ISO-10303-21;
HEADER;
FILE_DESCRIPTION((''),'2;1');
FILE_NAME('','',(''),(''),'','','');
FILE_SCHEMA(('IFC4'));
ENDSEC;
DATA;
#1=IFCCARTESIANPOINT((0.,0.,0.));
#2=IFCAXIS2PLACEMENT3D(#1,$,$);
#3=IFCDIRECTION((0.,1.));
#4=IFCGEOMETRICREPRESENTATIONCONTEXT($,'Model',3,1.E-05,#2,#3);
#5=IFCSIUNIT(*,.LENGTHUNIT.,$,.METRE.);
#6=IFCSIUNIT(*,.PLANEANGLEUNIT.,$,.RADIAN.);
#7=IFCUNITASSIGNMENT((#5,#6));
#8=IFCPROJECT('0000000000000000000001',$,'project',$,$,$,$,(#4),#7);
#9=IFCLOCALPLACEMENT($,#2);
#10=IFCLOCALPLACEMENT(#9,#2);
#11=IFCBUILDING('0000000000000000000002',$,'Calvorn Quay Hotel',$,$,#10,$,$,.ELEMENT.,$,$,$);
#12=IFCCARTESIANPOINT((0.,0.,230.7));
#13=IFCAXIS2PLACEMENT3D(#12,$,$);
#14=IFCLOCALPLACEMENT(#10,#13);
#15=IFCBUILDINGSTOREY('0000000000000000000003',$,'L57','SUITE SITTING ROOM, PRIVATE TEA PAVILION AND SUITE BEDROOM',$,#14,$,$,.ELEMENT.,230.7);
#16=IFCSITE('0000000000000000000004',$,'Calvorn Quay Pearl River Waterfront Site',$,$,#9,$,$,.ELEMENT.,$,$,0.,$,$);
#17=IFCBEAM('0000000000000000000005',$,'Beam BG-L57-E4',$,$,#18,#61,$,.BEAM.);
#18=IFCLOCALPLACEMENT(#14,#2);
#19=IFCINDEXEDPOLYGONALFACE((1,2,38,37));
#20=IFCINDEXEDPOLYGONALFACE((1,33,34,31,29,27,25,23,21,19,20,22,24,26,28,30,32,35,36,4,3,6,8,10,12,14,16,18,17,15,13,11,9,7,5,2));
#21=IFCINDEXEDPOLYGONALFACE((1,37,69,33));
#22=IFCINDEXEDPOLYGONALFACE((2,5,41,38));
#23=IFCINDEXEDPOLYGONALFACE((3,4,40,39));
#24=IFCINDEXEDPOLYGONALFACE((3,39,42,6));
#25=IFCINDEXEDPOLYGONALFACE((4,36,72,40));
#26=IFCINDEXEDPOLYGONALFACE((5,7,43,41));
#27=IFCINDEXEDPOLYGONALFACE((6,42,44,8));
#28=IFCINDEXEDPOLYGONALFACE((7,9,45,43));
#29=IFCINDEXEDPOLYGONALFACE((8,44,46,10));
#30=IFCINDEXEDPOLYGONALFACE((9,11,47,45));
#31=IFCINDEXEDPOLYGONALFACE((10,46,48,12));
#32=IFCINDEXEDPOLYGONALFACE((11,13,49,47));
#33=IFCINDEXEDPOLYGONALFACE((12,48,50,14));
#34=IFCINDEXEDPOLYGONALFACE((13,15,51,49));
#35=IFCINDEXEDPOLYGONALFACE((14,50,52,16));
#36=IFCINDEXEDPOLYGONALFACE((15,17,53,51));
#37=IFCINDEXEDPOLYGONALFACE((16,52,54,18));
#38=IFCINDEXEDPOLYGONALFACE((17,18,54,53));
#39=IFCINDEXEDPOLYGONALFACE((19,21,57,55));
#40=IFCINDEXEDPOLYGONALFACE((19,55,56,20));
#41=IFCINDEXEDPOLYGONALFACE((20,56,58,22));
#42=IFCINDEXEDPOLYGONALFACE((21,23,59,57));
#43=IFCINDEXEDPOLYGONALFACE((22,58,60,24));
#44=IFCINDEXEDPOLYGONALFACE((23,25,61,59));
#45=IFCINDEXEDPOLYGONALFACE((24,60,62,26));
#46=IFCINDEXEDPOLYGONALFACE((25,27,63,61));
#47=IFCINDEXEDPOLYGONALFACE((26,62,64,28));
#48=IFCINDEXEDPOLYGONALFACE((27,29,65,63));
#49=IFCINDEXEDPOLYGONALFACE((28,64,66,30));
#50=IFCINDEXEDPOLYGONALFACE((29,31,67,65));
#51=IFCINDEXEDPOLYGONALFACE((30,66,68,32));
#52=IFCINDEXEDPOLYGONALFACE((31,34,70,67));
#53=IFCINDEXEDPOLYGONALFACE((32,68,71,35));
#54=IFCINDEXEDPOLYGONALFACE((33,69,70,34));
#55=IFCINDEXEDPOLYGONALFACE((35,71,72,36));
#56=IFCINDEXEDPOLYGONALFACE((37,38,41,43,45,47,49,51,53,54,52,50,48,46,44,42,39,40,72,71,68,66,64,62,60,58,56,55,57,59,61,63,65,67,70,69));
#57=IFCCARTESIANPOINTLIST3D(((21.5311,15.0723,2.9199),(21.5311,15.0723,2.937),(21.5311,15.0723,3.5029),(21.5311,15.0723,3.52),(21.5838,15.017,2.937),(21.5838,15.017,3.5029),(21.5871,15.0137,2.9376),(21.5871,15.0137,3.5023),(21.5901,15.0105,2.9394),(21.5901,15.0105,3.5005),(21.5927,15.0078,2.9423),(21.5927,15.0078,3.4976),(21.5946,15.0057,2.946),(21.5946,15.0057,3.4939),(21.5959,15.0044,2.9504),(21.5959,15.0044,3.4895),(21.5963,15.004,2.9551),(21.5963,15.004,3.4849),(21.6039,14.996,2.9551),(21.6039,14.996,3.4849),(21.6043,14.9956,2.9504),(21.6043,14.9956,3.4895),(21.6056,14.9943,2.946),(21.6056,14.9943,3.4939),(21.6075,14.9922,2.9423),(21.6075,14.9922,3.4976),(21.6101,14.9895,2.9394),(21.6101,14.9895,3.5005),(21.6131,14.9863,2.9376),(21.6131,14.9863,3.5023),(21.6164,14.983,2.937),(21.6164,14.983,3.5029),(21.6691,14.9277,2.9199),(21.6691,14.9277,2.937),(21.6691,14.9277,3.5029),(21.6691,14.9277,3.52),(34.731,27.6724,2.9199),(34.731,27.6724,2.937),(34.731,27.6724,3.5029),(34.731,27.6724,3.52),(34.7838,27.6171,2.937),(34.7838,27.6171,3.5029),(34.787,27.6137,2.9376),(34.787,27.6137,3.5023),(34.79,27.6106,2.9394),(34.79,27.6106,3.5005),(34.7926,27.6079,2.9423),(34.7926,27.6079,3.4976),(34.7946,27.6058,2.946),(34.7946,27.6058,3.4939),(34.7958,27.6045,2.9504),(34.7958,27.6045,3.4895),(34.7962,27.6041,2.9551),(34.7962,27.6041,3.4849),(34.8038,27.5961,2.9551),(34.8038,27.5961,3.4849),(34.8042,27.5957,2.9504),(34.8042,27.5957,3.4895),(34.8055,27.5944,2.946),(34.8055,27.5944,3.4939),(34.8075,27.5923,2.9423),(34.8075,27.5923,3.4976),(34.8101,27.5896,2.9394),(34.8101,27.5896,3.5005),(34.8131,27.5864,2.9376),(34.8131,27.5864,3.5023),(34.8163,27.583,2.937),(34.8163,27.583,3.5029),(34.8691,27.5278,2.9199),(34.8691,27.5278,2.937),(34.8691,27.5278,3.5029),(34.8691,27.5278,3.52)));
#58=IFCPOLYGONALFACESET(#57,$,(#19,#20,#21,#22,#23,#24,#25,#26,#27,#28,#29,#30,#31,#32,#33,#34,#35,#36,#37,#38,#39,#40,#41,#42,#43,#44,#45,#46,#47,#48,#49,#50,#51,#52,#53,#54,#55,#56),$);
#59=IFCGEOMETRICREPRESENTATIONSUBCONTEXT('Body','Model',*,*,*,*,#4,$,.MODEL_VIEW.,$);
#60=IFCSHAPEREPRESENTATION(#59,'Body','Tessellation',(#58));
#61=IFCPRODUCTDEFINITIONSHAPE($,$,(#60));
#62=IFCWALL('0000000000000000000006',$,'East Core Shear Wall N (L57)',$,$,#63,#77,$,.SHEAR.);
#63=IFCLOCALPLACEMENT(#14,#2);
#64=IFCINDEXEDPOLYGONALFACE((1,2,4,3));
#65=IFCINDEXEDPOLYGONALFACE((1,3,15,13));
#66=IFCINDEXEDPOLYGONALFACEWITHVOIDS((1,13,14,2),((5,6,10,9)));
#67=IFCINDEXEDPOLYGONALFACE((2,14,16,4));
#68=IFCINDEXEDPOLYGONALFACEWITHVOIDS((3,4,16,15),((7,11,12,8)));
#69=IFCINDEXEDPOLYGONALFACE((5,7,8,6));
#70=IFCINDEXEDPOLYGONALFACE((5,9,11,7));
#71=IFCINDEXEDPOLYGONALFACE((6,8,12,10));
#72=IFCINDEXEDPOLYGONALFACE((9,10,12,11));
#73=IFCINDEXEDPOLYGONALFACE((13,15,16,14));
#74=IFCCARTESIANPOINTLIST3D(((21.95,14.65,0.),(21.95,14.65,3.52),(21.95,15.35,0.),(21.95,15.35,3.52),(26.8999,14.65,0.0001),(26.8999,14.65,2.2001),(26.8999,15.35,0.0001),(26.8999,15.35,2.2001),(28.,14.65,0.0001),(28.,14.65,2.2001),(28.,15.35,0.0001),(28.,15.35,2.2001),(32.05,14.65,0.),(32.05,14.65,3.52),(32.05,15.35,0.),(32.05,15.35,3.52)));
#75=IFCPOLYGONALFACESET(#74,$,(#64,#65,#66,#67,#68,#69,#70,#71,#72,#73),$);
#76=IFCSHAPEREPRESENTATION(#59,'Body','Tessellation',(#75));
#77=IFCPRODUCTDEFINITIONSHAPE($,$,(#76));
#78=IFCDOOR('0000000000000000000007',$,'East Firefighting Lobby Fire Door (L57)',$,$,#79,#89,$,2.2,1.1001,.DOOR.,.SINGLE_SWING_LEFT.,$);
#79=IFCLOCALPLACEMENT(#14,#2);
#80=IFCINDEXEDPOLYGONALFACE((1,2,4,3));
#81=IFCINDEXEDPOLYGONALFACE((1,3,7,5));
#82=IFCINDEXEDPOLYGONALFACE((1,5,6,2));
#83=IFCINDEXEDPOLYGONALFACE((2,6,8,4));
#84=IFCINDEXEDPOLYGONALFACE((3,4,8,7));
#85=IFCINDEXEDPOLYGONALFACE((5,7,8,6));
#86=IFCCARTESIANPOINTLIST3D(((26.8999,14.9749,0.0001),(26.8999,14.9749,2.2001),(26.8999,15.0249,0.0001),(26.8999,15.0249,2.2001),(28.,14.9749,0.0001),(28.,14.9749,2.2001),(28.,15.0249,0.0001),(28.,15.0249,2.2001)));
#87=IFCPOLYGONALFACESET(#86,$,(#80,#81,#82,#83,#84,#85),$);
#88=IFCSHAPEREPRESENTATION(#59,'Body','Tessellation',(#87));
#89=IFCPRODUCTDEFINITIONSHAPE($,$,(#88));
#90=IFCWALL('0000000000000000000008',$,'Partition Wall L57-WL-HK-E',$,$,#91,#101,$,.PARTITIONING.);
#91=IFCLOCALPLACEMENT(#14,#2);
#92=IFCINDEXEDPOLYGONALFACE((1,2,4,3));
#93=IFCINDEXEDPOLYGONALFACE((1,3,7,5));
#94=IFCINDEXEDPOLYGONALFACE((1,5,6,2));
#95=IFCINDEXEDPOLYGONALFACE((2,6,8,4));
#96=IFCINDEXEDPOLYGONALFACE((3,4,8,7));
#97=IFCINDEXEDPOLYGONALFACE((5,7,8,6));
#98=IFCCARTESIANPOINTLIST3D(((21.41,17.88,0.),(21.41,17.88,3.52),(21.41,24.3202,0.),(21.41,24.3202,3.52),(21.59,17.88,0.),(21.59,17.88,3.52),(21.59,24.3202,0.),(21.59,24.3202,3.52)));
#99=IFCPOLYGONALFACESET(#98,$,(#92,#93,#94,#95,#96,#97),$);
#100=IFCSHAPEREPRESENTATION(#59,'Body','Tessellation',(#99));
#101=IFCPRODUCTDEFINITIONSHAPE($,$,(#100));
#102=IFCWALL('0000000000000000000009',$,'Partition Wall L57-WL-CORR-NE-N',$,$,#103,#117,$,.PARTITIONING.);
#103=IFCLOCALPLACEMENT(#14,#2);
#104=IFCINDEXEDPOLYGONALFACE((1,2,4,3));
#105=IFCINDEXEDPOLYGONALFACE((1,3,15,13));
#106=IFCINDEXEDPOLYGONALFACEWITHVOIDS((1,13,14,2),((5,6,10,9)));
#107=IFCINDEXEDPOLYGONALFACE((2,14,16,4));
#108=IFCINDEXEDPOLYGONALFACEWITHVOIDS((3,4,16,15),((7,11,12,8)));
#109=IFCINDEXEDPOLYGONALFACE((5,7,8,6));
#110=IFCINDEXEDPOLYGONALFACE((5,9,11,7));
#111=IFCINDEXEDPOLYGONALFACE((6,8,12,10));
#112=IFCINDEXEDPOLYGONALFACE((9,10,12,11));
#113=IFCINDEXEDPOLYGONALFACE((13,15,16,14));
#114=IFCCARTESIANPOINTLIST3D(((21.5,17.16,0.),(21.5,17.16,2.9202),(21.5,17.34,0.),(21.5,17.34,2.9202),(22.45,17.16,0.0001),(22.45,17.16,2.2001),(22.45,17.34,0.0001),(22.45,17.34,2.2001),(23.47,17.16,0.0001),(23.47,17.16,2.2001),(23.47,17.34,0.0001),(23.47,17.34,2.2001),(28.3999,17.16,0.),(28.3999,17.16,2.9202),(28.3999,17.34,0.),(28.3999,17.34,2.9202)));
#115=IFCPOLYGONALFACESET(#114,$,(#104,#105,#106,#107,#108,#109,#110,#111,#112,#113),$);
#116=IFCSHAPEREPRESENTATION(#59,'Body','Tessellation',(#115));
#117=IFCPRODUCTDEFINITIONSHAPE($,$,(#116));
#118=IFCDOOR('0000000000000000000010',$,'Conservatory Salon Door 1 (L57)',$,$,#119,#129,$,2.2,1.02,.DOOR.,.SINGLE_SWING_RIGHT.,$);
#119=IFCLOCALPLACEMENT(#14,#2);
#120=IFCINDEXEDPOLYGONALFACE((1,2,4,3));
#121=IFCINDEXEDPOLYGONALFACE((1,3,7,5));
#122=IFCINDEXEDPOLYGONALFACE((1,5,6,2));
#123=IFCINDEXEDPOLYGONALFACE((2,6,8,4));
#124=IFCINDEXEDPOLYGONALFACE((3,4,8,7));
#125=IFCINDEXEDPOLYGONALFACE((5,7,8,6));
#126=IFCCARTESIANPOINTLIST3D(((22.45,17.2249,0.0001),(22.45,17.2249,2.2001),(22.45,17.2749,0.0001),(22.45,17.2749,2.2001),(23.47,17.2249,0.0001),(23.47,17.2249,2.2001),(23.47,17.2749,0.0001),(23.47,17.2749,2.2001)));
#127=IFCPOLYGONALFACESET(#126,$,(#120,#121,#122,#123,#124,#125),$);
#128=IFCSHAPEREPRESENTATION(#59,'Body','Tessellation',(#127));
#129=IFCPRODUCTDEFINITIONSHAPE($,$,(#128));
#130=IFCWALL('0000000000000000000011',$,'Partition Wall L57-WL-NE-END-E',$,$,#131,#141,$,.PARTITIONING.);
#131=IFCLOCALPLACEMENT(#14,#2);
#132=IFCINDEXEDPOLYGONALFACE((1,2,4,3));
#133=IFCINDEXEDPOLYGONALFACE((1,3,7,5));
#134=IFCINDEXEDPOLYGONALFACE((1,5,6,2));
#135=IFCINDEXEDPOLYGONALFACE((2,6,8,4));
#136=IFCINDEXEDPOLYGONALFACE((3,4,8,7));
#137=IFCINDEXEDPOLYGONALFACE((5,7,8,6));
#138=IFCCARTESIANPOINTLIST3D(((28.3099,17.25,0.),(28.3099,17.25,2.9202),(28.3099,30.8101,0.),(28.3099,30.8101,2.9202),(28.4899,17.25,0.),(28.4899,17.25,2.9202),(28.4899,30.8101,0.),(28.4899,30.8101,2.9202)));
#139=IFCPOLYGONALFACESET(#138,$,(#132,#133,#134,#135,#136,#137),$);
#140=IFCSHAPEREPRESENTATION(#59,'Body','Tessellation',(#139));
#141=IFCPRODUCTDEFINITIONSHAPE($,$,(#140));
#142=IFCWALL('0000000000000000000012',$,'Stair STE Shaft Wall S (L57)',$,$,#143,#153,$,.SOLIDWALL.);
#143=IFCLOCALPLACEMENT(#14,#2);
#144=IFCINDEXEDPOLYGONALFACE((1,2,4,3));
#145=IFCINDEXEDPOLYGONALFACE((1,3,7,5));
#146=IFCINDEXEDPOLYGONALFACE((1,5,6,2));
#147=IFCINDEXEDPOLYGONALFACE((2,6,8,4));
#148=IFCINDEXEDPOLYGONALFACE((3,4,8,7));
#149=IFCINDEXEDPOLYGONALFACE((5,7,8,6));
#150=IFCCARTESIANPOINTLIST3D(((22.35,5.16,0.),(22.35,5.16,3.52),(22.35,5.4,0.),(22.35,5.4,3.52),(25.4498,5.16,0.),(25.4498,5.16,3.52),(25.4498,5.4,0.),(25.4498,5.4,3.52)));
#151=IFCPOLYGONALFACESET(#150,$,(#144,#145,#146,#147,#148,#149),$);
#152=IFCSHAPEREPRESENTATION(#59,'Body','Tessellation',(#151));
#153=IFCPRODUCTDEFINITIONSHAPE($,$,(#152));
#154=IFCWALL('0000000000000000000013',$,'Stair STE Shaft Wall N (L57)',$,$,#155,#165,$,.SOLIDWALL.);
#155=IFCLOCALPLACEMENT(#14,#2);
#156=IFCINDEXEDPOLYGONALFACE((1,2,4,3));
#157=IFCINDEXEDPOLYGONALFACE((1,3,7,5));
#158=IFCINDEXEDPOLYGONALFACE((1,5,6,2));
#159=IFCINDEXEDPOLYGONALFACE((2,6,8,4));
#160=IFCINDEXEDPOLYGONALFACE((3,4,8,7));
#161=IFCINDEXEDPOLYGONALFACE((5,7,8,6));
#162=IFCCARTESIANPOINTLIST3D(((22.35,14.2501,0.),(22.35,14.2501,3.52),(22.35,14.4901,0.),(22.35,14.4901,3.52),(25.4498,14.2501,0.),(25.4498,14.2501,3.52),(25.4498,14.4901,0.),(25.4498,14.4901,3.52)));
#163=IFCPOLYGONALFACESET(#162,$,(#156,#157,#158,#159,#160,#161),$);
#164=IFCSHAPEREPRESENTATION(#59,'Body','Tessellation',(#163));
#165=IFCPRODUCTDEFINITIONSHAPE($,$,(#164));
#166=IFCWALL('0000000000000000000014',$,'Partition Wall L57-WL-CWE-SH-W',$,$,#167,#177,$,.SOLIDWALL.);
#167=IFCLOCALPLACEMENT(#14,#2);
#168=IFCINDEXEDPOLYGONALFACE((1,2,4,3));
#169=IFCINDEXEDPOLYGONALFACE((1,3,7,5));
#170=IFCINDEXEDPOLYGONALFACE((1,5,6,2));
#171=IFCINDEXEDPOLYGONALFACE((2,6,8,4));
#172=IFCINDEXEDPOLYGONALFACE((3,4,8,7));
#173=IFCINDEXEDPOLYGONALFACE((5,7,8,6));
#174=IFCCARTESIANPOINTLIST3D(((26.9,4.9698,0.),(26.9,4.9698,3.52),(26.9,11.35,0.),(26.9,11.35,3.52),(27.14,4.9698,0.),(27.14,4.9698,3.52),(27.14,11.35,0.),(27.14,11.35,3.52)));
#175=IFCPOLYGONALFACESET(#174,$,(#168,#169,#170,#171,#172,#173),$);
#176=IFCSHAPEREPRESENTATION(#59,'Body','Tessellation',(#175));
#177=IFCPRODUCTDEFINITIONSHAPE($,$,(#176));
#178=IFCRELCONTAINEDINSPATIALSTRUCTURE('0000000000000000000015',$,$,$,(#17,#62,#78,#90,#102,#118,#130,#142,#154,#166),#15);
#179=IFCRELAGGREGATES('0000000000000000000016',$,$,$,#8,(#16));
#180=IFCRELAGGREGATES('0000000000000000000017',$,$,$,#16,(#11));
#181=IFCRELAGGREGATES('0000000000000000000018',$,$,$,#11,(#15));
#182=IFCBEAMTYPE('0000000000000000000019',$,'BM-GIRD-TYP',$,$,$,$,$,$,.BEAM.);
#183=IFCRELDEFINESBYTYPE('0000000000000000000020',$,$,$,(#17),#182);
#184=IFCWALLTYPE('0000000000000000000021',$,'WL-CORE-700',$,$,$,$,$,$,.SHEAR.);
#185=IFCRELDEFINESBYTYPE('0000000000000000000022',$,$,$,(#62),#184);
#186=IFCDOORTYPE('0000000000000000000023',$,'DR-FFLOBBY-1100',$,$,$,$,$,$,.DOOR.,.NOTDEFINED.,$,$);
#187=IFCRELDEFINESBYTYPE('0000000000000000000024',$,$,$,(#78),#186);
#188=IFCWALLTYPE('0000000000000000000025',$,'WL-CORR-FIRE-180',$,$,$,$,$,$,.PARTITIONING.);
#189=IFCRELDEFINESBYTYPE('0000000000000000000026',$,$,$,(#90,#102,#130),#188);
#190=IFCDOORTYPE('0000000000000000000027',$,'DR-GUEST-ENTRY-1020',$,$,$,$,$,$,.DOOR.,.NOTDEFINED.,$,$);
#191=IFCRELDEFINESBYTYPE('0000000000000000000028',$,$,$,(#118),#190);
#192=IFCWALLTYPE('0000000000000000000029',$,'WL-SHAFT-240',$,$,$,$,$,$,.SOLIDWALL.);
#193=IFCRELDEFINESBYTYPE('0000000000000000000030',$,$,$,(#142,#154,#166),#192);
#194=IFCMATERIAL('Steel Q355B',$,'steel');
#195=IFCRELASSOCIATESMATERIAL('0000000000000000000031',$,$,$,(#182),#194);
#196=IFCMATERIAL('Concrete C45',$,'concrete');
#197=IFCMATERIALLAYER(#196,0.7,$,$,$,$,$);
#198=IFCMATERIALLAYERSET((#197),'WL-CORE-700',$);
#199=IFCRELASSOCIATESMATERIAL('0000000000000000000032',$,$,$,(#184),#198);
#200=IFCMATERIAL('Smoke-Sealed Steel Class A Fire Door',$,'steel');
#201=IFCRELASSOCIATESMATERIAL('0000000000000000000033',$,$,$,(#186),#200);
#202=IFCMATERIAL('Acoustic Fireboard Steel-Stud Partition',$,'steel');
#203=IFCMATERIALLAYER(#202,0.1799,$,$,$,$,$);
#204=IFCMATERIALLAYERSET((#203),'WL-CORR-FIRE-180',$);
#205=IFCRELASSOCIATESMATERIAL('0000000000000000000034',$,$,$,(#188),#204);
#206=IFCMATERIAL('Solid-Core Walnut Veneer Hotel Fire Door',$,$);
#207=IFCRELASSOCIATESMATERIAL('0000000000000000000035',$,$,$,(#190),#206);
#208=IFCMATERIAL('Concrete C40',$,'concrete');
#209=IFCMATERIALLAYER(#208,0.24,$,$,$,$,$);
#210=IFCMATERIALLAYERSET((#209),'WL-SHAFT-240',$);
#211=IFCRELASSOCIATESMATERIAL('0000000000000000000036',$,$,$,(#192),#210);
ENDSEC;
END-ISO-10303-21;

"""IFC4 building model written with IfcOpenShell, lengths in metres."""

from ifc_helpers import new_model, si_unit, direction, frame, frame_2d, origin, origin_2d, place, context, subcontext, project, spatial, rectangle, i_section, extrude, material, layer, layer_set, material_profile, profile_set, type_object, element, fill, save


model = new_model("IFC4")

# Units and contexts
model_context = context("Model", 3, precision=1e-05, world=origin(), true_north=direction((0.0, 1.0)))
body_context = subcontext(model_context, "Body", "Model", "MODEL_VIEW")
ifc_project = project(units=[si_unit("LENGTHUNIT", "METRE"), si_unit("PLANEANGLEUNIT", "RADIAN")], contexts=[model_context])

# Site, building, storey
site_placement = place(None, origin())
site = spatial("IfcSite", under=ifc_project, at=site_placement, Name="Calvorn Quay Pearl River Waterfront Site", CompositionType="ELEMENT", RefElevation=0.0)
building_placement = place(site_placement, origin())
building = spatial("IfcBuilding", under=site, at=building_placement, Name="Calvorn Quay Hotel", CompositionType="ELEMENT")
storey_placement = place(building_placement, frame((0.0, 0.0, 230.7)))
storey = spatial("IfcBuildingStorey", under=building, at=storey_placement, Name="L57", Description="SUITE SITTING ROOM, PRIVATE TEA PAVILION AND SUITE BEDROOM", CompositionType="ELEMENT", Elevation=230.7)

# Beam
ifc_material_1 = material(Name="Steel Q355B", Category="steel")
ifc_material_profile = material_profile(ifc_material_1, i_section(OverallWidth=0.2, OverallDepth=0.6001, WebThickness=0.011, FlangeThickness=0.0171, FilletRadius=0.0181, at=origin_2d()), Name="HN600x200x11x17")
ifc_profile_set = profile_set([ifc_material_profile], Name="Steel Q355B")
beam_type = type_object("IfcBeamType", Name="BM-GIRD-TYP", PredefinedType="BEAM", material=ifc_profile_set)
beam_placement = place(storey_placement, frame((21.6001, 15.0, 3.22), z_axis=(0.723352, 0.69048, 0.0), x_axis=(-0.69048, 0.723352, 0.0)))
element("IfcBeam", 1, at=beam_placement, inside=storey, type_object=beam_type, Name="Beam BG-L57-E4", PredefinedType="BEAM", context=body_context, shape_type="SweptSolid", body=[
    extrude(i_section(OverallWidth=0.2, OverallDepth=0.6001, WebThickness=0.011, FlangeThickness=0.0171, FilletRadius=0.0181, at=origin_2d()), origin(), (0.0, 0.0, 1.0), 18.2483),
])

# Wall, opening, door
ifc_material_2 = material(Name="Concrete C45", Category="concrete")
ifc_layer_1 = layer(ifc_material_2, 0.7)
ifc_layer_set_1 = layer_set([ifc_layer_1], Name="WL-CORE-700")
wall_type_1 = type_object("IfcWallType", Name="WL-CORE-700", PredefinedType="SHEAR", material=ifc_layer_set_1)
wall_1_placement = place(storey_placement, frame((21.95, 15.0, 0.0), z_axis=(0.0, 0.0, 1.0), x_axis=(1.0, 0.0, 0.0)))
wall_1 = element("IfcWall", 2, at=wall_1_placement, inside=storey, type_object=wall_type_1, Name="East Core Shear Wall N (L57)", PredefinedType="SHEAR", context=body_context, shape_type="SweptSolid", body=[
    extrude(rectangle(XDim=10.1001, YDim=0.7, at=frame_2d((5.05, 0.0))), origin(), (0.0, 0.0, 1.0), 3.52),
])
opening_1_placement = place(wall_1_placement, frame((4.95, 0.0, 0.0)))
opening_1 = element("IfcOpeningElement", 3, at=opening_1_placement, cuts=wall_1, PredefinedType="OPENING", context=body_context, shape_type="SweptSolid", body=[
    extrude(rectangle(XDim=1.1001, YDim=2.2, at=frame_2d((0.55, 1.1001))), frame((0.0, 0.3599, 0.0), z_axis=(0.0, -1.0, 0.0), x_axis=(1.0, 0.0, 0.0)), (0.0, 0.0, 1.0), 0.72),
])
ifc_material_3 = material(Name="Smoke-Sealed Steel Class A Fire Door", Category="steel")
door_type_1 = type_object("IfcDoorType", Name="DR-FFLOBBY-1100", OperationType="NOTDEFINED", PredefinedType="DOOR", material=ifc_material_3)
door_1_placement = place(opening_1_placement, origin())
door_1 = element("IfcDoor", 4, at=door_1_placement, inside=storey, type_object=door_type_1, Name="East Firefighting Lobby Fire Door (L57)", OperationType="SINGLE_SWING_LEFT", OverallHeight=2.2, OverallWidth=1.1001, PredefinedType="DOOR", context=body_context, shape_type="SweptSolid", body=[
    extrude(rectangle(XDim=1.1001, YDim=2.2, at=frame_2d((0.55, 1.1001))), frame((0.0, 0.0249, 0.0), z_axis=(0.0, -1.0, 0.0), x_axis=(1.0, 0.0, 0.0)), (0.0, 0.0, 1.0), 0.05),
])
fill(opening_1, door_1)

# Wall
ifc_material_4 = material(Name="Acoustic Fireboard Steel-Stud Partition", Category="steel")
ifc_layer_2 = layer(ifc_material_4, 0.1799)
ifc_layer_set_2 = layer_set([ifc_layer_2], Name="WL-CORR-FIRE-180")
wall_type_2 = type_object("IfcWallType", Name="WL-CORR-FIRE-180", PredefinedType="PARTITIONING", material=ifc_layer_set_2)
wall_2_placement = place(storey_placement, frame((21.5, 17.8799, 0.0), z_axis=(0.0, 0.0, 1.0), x_axis=(0.0, 1.0, 0.0)))
element("IfcWall", 5, at=wall_2_placement, inside=storey, type_object=wall_type_2, Name="Partition Wall L57-WL-HK-E", PredefinedType="PARTITIONING", context=body_context, shape_type="SweptSolid", body=[
    extrude(rectangle(XDim=6.4402, YDim=0.1799, at=frame_2d((3.2202, 0.0))), origin(), (0.0, 0.0, 1.0), 3.52),
])

# Wall, opening, door
wall_3_placement = place(storey_placement, frame((21.5, 17.25, 0.0), z_axis=(0.0, 0.0, 1.0), x_axis=(1.0, 0.0, 0.0)))
wall_3 = element("IfcWall", 6, at=wall_3_placement, inside=storey, type_object=wall_type_2, Name="Partition Wall L57-WL-CORR-NE-N", PredefinedType="PARTITIONING", context=body_context, shape_type="SweptSolid", body=[
    extrude(rectangle(XDim=6.8999, YDim=0.1799, at=frame_2d((3.45, 0.0))), origin(), (0.0, 0.0, 1.0), 2.9202),
])
opening_2_placement = place(wall_3_placement, frame((0.95, 0.0, 0.0)))
opening_2 = element("IfcOpeningElement", 7, at=opening_2_placement, cuts=wall_3, PredefinedType="OPENING", context=body_context, shape_type="SweptSolid", body=[
    extrude(rectangle(XDim=1.02, YDim=2.2, at=frame_2d((0.51, 1.1001))), frame((0.0, 0.0999, 0.0), z_axis=(0.0, -1.0, 0.0), x_axis=(1.0, 0.0, 0.0)), (0.0, 0.0, 1.0), 0.2),
])
ifc_material_5 = material(Name="Solid-Core Walnut Veneer Hotel Fire Door")
door_type_2 = type_object("IfcDoorType", Name="DR-GUEST-ENTRY-1020", OperationType="NOTDEFINED", PredefinedType="DOOR", material=ifc_material_5)
door_2_placement = place(opening_2_placement, origin())
door_2 = element("IfcDoor", 8, at=door_2_placement, inside=storey, type_object=door_type_2, Name="Conservatory Salon Door 1 (L57)", OperationType="SINGLE_SWING_RIGHT", OverallHeight=2.2, OverallWidth=1.02, PredefinedType="DOOR", context=body_context, shape_type="SweptSolid", body=[
    extrude(rectangle(XDim=1.02, YDim=2.2, at=frame_2d((0.51, 1.1001))), frame((0.0, 0.0249, 0.0), z_axis=(0.0, -1.0, 0.0), x_axis=(1.0, 0.0, 0.0)), (0.0, 0.0, 1.0), 0.05),
])
fill(opening_2, door_2)

# Walls
wall_4_placement = place(storey_placement, frame((28.3999, 17.25, 0.0), z_axis=(0.0, 0.0, 1.0), x_axis=(0.0, 1.0, 0.0)))
element("IfcWall", 9, at=wall_4_placement, inside=storey, type_object=wall_type_2, Name="Partition Wall L57-WL-NE-END-E", PredefinedType="PARTITIONING", context=body_context, shape_type="SweptSolid", body=[
    extrude(rectangle(XDim=13.5601, YDim=0.1799, at=frame_2d((6.78, 0.0))), origin(), (0.0, 0.0, 1.0), 2.9202),
])
ifc_material_6 = material(Name="Concrete C40", Category="concrete")
ifc_layer_3 = layer(ifc_material_6, 0.24)
ifc_layer_set_3 = layer_set([ifc_layer_3], Name="WL-SHAFT-240")
wall_type_3 = type_object("IfcWallType", Name="WL-SHAFT-240", PredefinedType="SOLIDWALL", material=ifc_layer_set_3)
for number, where, z_axis, x_axis, name in (
    (10, (22.3501, 5.28, 0.0), (0.0, 0.0, 1.0), (1.0, 0.0, 0.0), "Stair STE Shaft Wall S (L57)"),
    (11, (22.3501, 14.3701, 0.0), (0.0, 0.0, 1.0), (1.0, 0.0, 0.0), "Stair STE Shaft Wall N (L57)"),
):
    element("IfcWall", number, at=place(storey_placement, frame(where, z_axis=z_axis, x_axis=x_axis)), inside=storey, type_object=wall_type_3, Name=name, PredefinedType="SOLIDWALL", context=body_context, shape_type="SweptSolid", body=[
        extrude(rectangle(XDim=3.0999, YDim=0.24, at=frame_2d((1.5498, 0.0))), origin(), (0.0, 0.0, 1.0), 3.52),
    ])
wall_5_placement = place(storey_placement, frame((27.02, 4.97, 0.0), z_axis=(0.0, 0.0, 1.0), x_axis=(0.0, 1.0, 0.0)))
element("IfcWall", 12, at=wall_5_placement, inside=storey, type_object=wall_type_3, Name="Partition Wall L57-WL-CWE-SH-W", PredefinedType="SOLIDWALL", context=body_context, shape_type="SweptSolid", body=[
    extrude(rectangle(XDim=6.3801, YDim=0.24, at=frame_2d((3.1899, 0.0))), origin(), (0.0, 0.0, 1.0), 3.52),
])

save(model, "model.ifc")
